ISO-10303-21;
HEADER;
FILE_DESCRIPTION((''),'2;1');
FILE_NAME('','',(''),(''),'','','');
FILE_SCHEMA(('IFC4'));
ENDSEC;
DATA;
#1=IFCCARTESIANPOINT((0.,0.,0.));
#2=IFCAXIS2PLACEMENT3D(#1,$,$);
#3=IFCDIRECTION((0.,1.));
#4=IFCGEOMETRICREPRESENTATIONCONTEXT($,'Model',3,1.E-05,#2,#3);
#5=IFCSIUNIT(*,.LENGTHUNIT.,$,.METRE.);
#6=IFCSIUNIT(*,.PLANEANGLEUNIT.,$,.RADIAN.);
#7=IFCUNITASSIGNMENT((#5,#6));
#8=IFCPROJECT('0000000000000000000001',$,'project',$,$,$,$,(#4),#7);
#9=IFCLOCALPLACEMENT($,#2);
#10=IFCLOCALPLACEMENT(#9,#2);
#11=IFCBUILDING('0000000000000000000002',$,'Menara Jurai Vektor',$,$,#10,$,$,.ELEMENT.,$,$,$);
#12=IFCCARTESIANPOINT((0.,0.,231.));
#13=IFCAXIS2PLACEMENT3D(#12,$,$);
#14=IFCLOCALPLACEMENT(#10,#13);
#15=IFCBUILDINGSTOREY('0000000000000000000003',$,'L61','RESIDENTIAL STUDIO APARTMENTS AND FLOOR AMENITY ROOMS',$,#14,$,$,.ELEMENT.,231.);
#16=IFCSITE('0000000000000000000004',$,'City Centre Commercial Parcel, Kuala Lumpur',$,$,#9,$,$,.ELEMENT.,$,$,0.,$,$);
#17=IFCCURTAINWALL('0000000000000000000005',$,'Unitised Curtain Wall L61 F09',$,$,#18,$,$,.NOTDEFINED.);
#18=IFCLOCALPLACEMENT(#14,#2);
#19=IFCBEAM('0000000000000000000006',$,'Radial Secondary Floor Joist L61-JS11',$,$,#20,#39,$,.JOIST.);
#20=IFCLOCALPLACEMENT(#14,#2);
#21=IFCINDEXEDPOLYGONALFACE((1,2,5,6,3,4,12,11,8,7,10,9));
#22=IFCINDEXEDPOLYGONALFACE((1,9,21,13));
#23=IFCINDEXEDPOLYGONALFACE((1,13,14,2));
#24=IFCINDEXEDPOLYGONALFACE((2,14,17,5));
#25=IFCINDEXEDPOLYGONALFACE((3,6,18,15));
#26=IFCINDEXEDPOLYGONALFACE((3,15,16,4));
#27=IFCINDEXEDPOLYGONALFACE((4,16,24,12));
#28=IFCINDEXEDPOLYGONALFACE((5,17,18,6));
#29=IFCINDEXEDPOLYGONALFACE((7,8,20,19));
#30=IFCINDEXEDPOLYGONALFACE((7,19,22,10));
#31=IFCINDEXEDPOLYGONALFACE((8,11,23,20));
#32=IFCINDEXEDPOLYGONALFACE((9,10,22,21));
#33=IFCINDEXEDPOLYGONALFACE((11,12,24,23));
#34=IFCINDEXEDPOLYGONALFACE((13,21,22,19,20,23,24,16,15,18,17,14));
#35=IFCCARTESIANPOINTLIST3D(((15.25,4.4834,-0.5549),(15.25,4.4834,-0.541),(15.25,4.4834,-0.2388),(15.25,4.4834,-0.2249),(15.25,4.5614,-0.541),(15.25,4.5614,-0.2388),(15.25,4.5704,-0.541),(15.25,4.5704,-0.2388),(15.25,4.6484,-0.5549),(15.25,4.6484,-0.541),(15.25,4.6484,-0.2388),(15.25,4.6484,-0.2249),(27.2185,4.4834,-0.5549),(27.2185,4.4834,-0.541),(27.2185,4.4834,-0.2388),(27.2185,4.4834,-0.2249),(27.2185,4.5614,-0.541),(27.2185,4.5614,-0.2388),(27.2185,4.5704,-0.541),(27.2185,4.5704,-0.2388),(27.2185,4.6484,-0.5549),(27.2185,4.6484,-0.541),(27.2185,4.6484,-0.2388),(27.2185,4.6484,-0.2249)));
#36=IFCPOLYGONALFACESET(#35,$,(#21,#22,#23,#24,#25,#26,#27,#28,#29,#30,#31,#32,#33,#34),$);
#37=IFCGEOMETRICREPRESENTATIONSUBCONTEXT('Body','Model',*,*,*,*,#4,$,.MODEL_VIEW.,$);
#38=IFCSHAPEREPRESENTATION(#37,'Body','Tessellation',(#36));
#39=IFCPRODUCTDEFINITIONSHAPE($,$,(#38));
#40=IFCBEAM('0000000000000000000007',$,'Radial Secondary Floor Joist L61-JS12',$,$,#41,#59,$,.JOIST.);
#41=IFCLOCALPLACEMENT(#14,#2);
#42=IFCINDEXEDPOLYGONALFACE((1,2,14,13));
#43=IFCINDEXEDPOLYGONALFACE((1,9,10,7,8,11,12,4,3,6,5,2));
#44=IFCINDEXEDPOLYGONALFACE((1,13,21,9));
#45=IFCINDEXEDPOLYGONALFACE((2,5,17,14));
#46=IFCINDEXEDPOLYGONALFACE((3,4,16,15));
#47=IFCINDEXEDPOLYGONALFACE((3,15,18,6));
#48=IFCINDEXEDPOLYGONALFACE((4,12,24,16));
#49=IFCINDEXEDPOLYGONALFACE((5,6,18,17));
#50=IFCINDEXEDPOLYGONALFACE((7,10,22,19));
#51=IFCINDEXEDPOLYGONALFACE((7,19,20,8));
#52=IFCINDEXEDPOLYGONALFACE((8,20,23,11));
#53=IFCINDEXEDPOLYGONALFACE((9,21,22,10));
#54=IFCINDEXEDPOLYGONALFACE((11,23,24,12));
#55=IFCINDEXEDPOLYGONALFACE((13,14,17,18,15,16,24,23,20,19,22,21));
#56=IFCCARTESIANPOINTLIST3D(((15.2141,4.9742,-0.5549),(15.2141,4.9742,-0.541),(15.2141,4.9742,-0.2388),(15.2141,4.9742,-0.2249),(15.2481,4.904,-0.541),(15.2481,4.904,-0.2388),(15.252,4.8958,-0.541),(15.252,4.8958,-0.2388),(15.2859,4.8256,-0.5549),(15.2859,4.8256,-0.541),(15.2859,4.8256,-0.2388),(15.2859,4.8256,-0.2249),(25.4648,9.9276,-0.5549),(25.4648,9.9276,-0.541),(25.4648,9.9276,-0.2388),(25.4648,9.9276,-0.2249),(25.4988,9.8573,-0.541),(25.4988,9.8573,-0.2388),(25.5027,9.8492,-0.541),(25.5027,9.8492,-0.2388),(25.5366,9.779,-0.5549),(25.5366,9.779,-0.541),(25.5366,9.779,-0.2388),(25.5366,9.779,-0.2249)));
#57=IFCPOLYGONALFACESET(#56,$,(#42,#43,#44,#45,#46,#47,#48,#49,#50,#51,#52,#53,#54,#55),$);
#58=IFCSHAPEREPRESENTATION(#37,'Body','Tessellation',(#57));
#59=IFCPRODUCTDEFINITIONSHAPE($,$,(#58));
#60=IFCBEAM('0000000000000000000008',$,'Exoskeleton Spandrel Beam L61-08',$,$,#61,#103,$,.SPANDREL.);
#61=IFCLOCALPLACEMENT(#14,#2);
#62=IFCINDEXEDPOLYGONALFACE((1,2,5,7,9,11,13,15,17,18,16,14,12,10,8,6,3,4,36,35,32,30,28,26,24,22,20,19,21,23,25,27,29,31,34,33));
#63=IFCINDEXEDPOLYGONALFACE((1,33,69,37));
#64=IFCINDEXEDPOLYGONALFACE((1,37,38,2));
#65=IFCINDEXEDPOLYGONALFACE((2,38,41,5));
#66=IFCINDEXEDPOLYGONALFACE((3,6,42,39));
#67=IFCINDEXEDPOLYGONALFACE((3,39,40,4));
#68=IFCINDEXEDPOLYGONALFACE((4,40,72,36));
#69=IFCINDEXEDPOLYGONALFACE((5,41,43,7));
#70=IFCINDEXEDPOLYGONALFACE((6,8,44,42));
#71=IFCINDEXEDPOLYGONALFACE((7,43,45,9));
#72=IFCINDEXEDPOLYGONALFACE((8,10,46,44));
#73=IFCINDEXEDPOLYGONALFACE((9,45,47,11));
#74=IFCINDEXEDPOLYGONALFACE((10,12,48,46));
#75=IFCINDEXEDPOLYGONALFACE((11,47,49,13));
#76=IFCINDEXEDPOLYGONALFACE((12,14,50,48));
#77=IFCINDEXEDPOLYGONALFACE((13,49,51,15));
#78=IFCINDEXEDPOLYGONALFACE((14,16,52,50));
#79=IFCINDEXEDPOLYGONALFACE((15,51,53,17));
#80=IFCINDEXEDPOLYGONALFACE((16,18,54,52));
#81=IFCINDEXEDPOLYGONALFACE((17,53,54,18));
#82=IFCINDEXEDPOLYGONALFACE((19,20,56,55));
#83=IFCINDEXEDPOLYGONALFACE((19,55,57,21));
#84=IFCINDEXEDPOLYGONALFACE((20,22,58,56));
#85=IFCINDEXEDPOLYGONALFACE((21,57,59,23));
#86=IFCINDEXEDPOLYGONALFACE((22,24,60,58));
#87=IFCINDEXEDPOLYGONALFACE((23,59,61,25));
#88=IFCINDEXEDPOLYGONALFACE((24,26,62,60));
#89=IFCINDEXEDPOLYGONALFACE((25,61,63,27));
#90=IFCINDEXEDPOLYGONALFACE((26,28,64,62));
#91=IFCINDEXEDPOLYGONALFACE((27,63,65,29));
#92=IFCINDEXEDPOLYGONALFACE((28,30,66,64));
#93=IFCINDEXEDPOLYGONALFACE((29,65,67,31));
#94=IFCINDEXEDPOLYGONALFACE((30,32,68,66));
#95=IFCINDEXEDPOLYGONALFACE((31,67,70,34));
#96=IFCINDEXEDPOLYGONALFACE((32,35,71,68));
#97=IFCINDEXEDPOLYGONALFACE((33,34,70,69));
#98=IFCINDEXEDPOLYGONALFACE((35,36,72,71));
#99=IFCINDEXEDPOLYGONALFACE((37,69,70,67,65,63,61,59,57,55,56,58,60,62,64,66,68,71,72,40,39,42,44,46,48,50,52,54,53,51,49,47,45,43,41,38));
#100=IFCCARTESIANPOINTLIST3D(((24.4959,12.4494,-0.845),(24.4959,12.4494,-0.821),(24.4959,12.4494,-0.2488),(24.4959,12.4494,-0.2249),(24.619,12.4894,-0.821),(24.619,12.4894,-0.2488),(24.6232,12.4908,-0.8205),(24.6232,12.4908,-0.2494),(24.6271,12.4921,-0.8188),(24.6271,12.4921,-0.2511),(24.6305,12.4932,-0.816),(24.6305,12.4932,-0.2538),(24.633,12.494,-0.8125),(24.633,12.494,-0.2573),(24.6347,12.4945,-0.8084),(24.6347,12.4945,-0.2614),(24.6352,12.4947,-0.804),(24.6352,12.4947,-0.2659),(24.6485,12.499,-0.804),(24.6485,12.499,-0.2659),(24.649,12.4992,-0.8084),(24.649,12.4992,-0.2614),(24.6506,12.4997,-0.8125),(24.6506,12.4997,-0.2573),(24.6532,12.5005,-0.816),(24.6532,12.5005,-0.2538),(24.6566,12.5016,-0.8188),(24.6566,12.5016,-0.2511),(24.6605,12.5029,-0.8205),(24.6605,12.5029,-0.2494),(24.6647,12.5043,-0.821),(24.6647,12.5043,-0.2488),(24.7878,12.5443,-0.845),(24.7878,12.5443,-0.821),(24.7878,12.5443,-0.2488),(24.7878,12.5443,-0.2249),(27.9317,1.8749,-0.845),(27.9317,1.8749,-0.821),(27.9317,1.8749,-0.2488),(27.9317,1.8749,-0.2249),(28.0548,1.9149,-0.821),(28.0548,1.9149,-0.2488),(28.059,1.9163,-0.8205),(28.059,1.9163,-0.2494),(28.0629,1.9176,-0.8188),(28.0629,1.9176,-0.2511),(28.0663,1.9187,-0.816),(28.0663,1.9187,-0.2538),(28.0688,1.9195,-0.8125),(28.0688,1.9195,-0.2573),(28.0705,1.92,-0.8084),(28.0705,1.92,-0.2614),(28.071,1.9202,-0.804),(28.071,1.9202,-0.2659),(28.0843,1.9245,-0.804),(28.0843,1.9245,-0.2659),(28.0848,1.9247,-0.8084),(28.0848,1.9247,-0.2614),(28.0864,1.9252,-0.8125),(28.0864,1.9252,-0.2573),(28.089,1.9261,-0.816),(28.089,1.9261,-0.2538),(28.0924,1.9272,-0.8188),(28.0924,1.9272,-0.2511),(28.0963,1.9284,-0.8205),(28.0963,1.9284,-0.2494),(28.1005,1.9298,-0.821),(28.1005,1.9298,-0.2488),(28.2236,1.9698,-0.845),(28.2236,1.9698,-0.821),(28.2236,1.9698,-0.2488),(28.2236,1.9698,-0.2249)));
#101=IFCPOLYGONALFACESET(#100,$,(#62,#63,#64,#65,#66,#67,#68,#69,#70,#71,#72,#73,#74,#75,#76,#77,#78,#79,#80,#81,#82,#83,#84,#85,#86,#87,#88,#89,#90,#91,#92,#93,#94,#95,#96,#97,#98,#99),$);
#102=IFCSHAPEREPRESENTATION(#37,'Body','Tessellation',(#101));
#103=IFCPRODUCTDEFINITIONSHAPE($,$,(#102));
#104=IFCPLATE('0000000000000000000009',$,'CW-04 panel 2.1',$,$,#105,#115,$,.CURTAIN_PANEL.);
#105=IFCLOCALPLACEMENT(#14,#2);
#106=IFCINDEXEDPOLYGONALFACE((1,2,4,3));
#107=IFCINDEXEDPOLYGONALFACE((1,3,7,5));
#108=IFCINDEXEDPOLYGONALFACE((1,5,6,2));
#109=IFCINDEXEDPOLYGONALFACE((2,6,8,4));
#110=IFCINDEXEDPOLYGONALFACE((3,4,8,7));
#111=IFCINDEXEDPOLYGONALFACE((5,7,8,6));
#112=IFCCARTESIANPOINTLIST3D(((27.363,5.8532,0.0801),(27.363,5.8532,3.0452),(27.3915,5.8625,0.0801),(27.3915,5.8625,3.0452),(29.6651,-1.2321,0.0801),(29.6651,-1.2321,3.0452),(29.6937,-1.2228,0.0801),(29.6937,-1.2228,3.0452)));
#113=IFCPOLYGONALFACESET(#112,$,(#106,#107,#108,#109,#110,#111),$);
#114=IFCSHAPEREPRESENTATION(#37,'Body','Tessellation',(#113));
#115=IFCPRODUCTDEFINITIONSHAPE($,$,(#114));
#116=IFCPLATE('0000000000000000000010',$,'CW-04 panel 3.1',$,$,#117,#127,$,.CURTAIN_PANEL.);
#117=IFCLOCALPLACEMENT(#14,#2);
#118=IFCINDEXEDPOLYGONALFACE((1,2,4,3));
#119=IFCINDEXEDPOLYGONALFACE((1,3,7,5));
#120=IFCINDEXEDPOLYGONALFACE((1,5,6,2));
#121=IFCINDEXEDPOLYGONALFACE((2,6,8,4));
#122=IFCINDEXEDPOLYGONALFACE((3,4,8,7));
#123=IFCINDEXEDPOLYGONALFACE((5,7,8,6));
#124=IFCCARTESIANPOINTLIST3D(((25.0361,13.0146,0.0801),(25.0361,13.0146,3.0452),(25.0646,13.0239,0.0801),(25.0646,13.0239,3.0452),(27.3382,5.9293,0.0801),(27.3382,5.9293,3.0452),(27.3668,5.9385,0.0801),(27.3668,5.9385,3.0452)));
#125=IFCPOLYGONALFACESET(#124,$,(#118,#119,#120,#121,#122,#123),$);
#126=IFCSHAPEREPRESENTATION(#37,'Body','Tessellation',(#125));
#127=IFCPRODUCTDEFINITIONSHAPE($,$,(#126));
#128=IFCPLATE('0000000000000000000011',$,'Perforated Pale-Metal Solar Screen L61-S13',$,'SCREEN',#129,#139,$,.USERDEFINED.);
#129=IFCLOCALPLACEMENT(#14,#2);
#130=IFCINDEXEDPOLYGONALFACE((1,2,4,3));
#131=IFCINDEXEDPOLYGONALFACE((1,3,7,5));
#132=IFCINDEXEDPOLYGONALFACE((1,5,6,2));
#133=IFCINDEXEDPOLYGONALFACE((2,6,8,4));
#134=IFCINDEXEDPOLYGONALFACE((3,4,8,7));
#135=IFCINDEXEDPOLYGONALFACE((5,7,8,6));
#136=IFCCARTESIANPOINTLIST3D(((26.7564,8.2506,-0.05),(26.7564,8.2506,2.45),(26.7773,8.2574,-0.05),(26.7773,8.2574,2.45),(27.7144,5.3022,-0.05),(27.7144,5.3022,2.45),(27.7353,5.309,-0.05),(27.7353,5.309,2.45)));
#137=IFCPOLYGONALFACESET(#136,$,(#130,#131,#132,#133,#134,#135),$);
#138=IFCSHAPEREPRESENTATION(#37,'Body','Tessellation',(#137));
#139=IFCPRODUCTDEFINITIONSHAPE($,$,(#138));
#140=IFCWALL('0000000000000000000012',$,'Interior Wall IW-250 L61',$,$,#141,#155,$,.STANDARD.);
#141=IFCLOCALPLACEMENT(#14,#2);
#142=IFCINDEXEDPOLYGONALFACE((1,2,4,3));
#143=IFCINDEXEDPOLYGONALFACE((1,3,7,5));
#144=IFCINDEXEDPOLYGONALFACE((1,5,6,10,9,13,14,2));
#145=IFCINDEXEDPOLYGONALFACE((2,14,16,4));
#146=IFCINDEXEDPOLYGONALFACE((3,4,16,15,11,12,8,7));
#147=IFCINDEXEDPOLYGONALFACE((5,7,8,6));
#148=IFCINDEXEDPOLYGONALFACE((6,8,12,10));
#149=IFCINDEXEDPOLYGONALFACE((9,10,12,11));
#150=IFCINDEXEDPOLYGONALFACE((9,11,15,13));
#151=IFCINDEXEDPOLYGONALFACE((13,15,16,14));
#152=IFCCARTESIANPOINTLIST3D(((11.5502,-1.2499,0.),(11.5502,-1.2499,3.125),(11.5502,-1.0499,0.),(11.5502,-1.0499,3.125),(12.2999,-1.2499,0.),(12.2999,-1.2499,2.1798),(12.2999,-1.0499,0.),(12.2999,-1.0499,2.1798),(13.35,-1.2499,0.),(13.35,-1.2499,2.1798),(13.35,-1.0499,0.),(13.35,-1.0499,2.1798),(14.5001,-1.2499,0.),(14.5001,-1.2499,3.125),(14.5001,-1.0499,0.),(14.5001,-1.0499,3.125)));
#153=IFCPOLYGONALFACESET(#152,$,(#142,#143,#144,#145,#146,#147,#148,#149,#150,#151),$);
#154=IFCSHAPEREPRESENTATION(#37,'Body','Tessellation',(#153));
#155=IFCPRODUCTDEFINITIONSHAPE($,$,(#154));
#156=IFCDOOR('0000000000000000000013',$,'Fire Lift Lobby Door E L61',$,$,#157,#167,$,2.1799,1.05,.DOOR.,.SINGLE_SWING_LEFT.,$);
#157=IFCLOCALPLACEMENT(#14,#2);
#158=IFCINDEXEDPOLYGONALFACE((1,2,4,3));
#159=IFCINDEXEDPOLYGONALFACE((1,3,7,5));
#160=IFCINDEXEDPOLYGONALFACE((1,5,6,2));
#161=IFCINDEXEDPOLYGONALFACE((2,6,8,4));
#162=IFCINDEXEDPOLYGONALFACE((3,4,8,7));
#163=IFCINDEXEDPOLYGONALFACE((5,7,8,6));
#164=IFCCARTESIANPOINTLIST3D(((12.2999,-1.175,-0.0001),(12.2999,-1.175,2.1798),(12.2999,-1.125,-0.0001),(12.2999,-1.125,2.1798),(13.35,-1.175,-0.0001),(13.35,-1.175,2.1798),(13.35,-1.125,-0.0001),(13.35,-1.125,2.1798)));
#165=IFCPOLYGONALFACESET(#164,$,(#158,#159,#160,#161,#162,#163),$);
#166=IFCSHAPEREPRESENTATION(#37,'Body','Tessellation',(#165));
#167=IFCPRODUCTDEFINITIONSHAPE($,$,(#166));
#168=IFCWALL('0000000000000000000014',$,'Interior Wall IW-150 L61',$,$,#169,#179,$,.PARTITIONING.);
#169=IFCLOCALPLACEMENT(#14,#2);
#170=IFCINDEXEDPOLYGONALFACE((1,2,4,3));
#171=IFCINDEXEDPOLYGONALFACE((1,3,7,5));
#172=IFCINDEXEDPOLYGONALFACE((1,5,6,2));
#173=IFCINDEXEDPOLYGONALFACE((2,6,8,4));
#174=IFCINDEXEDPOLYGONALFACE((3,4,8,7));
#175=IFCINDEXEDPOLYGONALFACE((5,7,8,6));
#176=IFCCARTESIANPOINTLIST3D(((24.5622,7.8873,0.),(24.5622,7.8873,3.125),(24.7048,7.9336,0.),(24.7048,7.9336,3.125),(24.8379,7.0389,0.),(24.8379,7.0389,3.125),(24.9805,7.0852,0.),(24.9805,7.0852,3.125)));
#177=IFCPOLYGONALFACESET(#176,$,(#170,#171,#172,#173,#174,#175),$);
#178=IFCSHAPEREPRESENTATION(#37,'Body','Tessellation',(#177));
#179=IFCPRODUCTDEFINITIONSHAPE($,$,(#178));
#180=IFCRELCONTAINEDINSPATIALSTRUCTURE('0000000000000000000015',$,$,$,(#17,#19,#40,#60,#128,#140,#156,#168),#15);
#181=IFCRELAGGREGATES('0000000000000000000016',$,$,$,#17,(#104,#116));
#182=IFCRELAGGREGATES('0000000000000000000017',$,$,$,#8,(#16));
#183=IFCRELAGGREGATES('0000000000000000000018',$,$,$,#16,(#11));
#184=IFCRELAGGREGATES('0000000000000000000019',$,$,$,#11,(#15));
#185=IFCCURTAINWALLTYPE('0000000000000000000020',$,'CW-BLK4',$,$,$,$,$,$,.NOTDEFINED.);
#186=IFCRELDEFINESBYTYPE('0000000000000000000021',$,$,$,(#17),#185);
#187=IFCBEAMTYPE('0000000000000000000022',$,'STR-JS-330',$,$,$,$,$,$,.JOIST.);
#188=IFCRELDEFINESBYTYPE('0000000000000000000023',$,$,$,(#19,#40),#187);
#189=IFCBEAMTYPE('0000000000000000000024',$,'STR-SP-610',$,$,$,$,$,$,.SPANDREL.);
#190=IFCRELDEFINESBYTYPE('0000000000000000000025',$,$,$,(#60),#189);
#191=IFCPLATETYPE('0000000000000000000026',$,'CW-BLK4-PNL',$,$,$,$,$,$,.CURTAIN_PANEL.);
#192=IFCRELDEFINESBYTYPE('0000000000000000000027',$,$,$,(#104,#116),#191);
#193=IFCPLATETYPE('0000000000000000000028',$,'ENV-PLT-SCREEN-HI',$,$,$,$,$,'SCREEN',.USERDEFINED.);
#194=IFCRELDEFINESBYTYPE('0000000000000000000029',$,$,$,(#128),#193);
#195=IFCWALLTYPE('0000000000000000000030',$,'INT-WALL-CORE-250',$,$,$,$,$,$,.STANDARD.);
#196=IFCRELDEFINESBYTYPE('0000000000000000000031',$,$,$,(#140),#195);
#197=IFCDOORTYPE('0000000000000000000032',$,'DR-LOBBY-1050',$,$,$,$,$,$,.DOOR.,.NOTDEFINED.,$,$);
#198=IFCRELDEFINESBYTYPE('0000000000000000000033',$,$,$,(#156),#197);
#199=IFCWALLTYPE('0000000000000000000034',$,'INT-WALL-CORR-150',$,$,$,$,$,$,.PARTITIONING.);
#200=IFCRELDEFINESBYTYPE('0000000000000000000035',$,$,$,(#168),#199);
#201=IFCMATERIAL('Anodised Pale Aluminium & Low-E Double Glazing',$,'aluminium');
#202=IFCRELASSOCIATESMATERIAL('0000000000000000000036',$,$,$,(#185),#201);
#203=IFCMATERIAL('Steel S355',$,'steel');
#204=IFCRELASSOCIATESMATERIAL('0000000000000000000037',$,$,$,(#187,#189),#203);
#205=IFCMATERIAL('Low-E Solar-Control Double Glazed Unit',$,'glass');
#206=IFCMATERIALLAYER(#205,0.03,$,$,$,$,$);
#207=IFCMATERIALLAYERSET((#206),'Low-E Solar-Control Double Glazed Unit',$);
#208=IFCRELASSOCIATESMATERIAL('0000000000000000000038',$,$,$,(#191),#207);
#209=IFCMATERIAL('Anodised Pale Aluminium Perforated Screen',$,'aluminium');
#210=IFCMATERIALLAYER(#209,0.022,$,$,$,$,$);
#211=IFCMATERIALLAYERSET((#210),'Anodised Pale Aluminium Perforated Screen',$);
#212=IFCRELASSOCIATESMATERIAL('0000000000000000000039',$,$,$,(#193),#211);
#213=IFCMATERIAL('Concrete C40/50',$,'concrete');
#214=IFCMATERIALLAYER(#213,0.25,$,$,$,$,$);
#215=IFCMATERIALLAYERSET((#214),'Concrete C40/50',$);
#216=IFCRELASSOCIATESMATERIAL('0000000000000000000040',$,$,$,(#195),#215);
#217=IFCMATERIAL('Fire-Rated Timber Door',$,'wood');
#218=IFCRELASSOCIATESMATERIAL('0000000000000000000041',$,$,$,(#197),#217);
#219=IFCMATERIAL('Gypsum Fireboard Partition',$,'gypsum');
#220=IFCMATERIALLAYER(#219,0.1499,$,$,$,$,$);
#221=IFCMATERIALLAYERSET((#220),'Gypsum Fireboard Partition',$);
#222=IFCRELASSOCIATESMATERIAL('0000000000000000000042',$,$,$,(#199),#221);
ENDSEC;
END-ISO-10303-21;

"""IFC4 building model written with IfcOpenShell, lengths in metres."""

from ifc_helpers import new_model, si_unit, direction, frame, frame_2d, origin, origin_2d, place, context, subcontext, project, spatial, rectangle, i_section, extrude, material, layer, layer_set, material_profile, profile_set, type_object, element, fill, aggregate, save


model = new_model("IFC4")

# Units and contexts
model_context = context("Model", 3, precision=1e-05, world=origin(), true_north=direction((0.0, 1.0)))
body_context = subcontext(model_context, "Body", "Model", "MODEL_VIEW")
ifc_project = project(units=[si_unit("LENGTHUNIT", "METRE"), si_unit("PLANEANGLEUNIT", "RADIAN")], contexts=[model_context])

# Site, building, storey
site_placement = place(None, origin())
site = spatial("IfcSite", under=ifc_project, at=site_placement, Name="City Centre Commercial Parcel, Kuala Lumpur", CompositionType="ELEMENT", RefElevation=0.0)
building_placement = place(site_placement, origin())
building = spatial("IfcBuilding", under=site, at=building_placement, Name="Menara Jurai Vektor", CompositionType="ELEMENT")
storey_placement = place(building_placement, frame((0.0, 0.0, 231.0)))
storey = spatial("IfcBuildingStorey", under=building, at=storey_placement, Name="L61", Description="RESIDENTIAL STUDIO APARTMENTS AND FLOOR AMENITY ROOMS", CompositionType="ELEMENT", Elevation=231.0)

# Curtain wall
ifc_material_1 = material(Name="Anodised Pale Aluminium & Low-E Double Glazing", Category="aluminium")
curtain_wall_type = type_object("IfcCurtainWallType", Name="CW-BLK4", PredefinedType="NOTDEFINED", material=ifc_material_1)
curtain_wall_placement = place(storey_placement, origin())
curtain_wall = element("IfcCurtainWall", 1, at=curtain_wall_placement, inside=storey, type_object=curtain_wall_type, Name="Unitised Curtain Wall L61 F09", PredefinedType="NOTDEFINED")

# Beams
ifc_material_2 = material(Name="Steel S355", Category="steel")
ifc_material_profile_1 = material_profile(ifc_material_2, i_section(OverallWidth=0.165, OverallDepth=0.3301, WebThickness=0.009, FlangeThickness=0.0139, at=origin_2d()), Name="PG 330x165x46")
ifc_profile_set_1 = profile_set([ifc_material_profile_1], Name="Steel S355")
beam_type_1 = type_object("IfcBeamType", Name="STR-JS-330", PredefinedType="JOIST", material=ifc_profile_set_1)
beam_1_placement = place(storey_placement, frame((27.2185, 4.5659, -0.3899), z_axis=(-1.0, 0.0, 0.0), x_axis=(0.0, -1.0, 0.0)))
element("IfcBeam", 2, at=beam_1_placement, inside=storey, type_object=beam_type_1, Name="Radial Secondary Floor Joist L61-JS11", PredefinedType="JOIST", context=body_context, shape_type="SweptSolid", body=[
    extrude(i_section(OverallWidth=0.165, OverallDepth=0.3301, WebThickness=0.009, FlangeThickness=0.0139, at=origin_2d()), origin(), (0.0, 0.0, 1.0), 11.9685),
])
beam_2_placement = place(storey_placement, frame((25.5007, 9.8533, -0.3899), z_axis=(-0.900389, -0.435087, 0.0), x_axis=(0.435087, -0.900389, 0.0)))
element("IfcBeam", 3, at=beam_2_placement, inside=storey, type_object=beam_type_1, Name="Radial Secondary Floor Joist L61-JS12", PredefinedType="JOIST", context=body_context, shape_type="SweptSolid", body=[
    extrude(i_section(OverallWidth=0.165, OverallDepth=0.3301, WebThickness=0.009, FlangeThickness=0.0139, at=origin_2d()), origin(), (0.0, 0.0, 1.0), 11.3848),
])
ifc_material_profile_2 = material_profile(ifc_material_2, i_section(OverallWidth=0.3069, OverallDepth=0.6201, WebThickness=0.0139, FlangeThickness=0.0239, FilletRadius=0.0171, at=origin_2d()), Name="UKB 610x305x179")
ifc_profile_set_2 = profile_set([ifc_material_profile_2], Name="Steel S355")
beam_type_2 = type_object("IfcBeamType", Name="STR-SP-610", PredefinedType="SPANDREL", material=ifc_profile_set_2)
beam_3_placement = place(storey_placement, frame((28.0776, 1.9224, -0.5349), z_axis=(-0.309012, 0.951058, 0.0), x_axis=(-0.951058, -0.309012, 0.0)))
element("IfcBeam", 4, at=beam_3_placement, inside=storey, type_object=beam_type_2, Name="Exoskeleton Spandrel Beam L61-08", PredefinedType="SPANDREL", context=body_context, shape_type="SweptSolid", body=[
    extrude(i_section(OverallWidth=0.3069, OverallDepth=0.6201, WebThickness=0.0139, FlangeThickness=0.0239, FilletRadius=0.0171, at=origin_2d()), origin(), (0.0, 0.0, 1.0), 11.1187),
])

# Plates
ifc_material_3 = material(Name="Low-E Solar-Control Double Glazed Unit", Category="glass")
ifc_layer_1 = layer(ifc_material_3, 0.03)
ifc_layer_set_1 = layer_set([ifc_layer_1], Name="Low-E Solar-Control Double Glazed Unit")
plate_type_1 = type_object("IfcPlateType", Name="CW-BLK4-PNL", PredefinedType="CURTAIN_PANEL", material=ifc_layer_set_1)
plate_1_placement = place(storey_placement, frame((28.5283, 2.3152, 0.0801), z_axis=(0.0, 0.0, 1.0), x_axis=(-0.309017, 0.951056, 0.0)))
plate_1 = element("IfcPlate", 5, at=plate_1_placement, type_object=plate_type_1, Name="CW-04 panel 2.1", PredefinedType="CURTAIN_PANEL", context=body_context, shape_type="SweptSolid", body=[
    extrude(rectangle(XDim=7.45, YDim=0.03, at=origin_2d()), origin(), (0.0, 0.0, 1.0), 2.9651),
])
plate_2_placement = place(storey_placement, frame((26.2014, 9.4766, 0.0801), z_axis=(0.0, 0.0, 1.0), x_axis=(-0.309017, 0.951056, 0.0)))
plate_2 = element("IfcPlate", 6, at=plate_2_placement, type_object=plate_type_1, Name="CW-04 panel 3.1", PredefinedType="CURTAIN_PANEL", context=body_context, shape_type="SweptSolid", body=[
    extrude(rectangle(XDim=7.45, YDim=0.03, at=origin_2d()), origin(), (0.0, 0.0, 1.0), 2.9651),
])
aggregate(curtain_wall, [plate_1, plate_2])
ifc_material_4 = material(Name="Anodised Pale Aluminium Perforated Screen", Category="aluminium")
ifc_layer_2 = layer(ifc_material_4, 0.022)
ifc_layer_set_2 = layer_set([ifc_layer_2], Name="Anodised Pale Aluminium Perforated Screen")
plate_type_2 = type_object("IfcPlateType", Name="ENV-PLT-SCREEN-HI", ElementType="SCREEN", PredefinedType="USERDEFINED", material=ifc_layer_set_2)
plate_3_placement = place(storey_placement, frame((27.2458, 6.7798, -0.05), z_axis=(0.0, 0.0, 1.0), x_axis=(-0.309017, 0.951057, 0.0)))
element("IfcPlate", 7, at=plate_3_placement, inside=storey, type_object=plate_type_2, Name="Perforated Pale-Metal Solar Screen L61-S13", ObjectType="SCREEN", PredefinedType="USERDEFINED", context=body_context, shape_type="SweptSolid", body=[
    extrude(rectangle(XDim=3.1001, YDim=0.022, at=origin_2d()), origin(), (0.0, 0.0, 1.0), 2.5),
])

# Wall, opening, door
ifc_material_5 = material(Name="Concrete C40/50", Category="concrete")
ifc_layer_3 = layer(ifc_material_5, 0.25)
ifc_layer_set_3 = layer_set([ifc_layer_3], Name="Concrete C40/50")
wall_type_1 = type_object("IfcWallType", Name="INT-WALL-CORE-250", PredefinedType="STANDARD", material=ifc_layer_set_3)
wall_1_placement = place(storey_placement, frame((11.55, -1.1499, 0.0), z_axis=(0.0, 0.0, 1.0), x_axis=(1.0, 0.0, 0.0)))
wall_1 = element("IfcWall", 8, at=wall_1_placement, inside=storey, type_object=wall_type_1, Name="Interior Wall IW-250 L61", PredefinedType="STANDARD", context=body_context, shape_type="SweptSolid", body=[
    extrude(rectangle(XDim=2.95, YDim=0.2, at=frame_2d((1.4751, 0.0))), origin(), (0.0, 0.0, 1.0), 3.125),
])
opening_1_placement = place(wall_1_placement, frame((0.75, 0.0, 0.0)))
opening_1 = element("IfcOpeningElement", 9, at=opening_1_placement, cuts=wall_1, PredefinedType="OPENING", context=body_context, shape_type="SweptSolid", body=[
    extrude(rectangle(XDim=1.05, YDim=2.1799, at=frame_2d((0.5249, 1.0898))), frame((0.0, 0.1099, 0.0), z_axis=(0.0, -1.0, 0.0), x_axis=(1.0, 0.0, 0.0)), (0.0, 0.0, 1.0), 0.22),
])
ifc_material_6 = material(Name="Fire-Rated Timber Door", Category="wood")
door_type_1 = type_object("IfcDoorType", Name="DR-LOBBY-1050", OperationType="NOTDEFINED", PredefinedType="DOOR", material=ifc_material_6)
door_1_placement = place(opening_1_placement, origin())
door_1 = element("IfcDoor", 10, at=door_1_placement, inside=storey, type_object=door_type_1, Name="Fire Lift Lobby Door E L61", OperationType="SINGLE_SWING_LEFT", OverallHeight=2.1799, OverallWidth=1.05, PredefinedType="DOOR", context=body_context, shape_type="SweptSolid", body=[
    extrude(rectangle(XDim=1.05, YDim=2.1799, at=frame_2d((0.5249, 1.0898))), frame((0.0, 0.0249, 0.0), z_axis=(0.0, -1.0, 0.0), x_axis=(1.0, 0.0, 0.0)), (0.0, 0.0, 1.0), 0.05),
])
fill(opening_1, door_1)

# Wall
ifc_material_7 = material(Name="Gypsum Fireboard Partition", Category="gypsum")
ifc_layer_4 = layer(ifc_material_7, 0.1499)
ifc_layer_set_4 = layer_set([ifc_layer_4], Name="Gypsum Fireboard Partition")
wall_type_2 = type_object("IfcWallType", Name="INT-WALL-CORR-150", PredefinedType="PARTITIONING", material=ifc_layer_set_4)
wall_2_placement = place(storey_placement, frame((24.9092, 7.062, 0.0), z_axis=(0.0, 0.0, 1.0), x_axis=(-0.308993, 0.951064, 0.0)))
element("IfcWall", 11, at=wall_2_placement, inside=storey, type_object=wall_type_2, Name="Interior Wall IW-150 L61", PredefinedType="PARTITIONING", context=body_context, shape_type="SweptSolid", body=[
    extrude(rectangle(XDim=0.8921, YDim=0.1499, at=frame_2d((0.446, 0.0))), origin(), (0.0, 0.0, 1.0), 3.125),
])

save(model, "model.ifc")
